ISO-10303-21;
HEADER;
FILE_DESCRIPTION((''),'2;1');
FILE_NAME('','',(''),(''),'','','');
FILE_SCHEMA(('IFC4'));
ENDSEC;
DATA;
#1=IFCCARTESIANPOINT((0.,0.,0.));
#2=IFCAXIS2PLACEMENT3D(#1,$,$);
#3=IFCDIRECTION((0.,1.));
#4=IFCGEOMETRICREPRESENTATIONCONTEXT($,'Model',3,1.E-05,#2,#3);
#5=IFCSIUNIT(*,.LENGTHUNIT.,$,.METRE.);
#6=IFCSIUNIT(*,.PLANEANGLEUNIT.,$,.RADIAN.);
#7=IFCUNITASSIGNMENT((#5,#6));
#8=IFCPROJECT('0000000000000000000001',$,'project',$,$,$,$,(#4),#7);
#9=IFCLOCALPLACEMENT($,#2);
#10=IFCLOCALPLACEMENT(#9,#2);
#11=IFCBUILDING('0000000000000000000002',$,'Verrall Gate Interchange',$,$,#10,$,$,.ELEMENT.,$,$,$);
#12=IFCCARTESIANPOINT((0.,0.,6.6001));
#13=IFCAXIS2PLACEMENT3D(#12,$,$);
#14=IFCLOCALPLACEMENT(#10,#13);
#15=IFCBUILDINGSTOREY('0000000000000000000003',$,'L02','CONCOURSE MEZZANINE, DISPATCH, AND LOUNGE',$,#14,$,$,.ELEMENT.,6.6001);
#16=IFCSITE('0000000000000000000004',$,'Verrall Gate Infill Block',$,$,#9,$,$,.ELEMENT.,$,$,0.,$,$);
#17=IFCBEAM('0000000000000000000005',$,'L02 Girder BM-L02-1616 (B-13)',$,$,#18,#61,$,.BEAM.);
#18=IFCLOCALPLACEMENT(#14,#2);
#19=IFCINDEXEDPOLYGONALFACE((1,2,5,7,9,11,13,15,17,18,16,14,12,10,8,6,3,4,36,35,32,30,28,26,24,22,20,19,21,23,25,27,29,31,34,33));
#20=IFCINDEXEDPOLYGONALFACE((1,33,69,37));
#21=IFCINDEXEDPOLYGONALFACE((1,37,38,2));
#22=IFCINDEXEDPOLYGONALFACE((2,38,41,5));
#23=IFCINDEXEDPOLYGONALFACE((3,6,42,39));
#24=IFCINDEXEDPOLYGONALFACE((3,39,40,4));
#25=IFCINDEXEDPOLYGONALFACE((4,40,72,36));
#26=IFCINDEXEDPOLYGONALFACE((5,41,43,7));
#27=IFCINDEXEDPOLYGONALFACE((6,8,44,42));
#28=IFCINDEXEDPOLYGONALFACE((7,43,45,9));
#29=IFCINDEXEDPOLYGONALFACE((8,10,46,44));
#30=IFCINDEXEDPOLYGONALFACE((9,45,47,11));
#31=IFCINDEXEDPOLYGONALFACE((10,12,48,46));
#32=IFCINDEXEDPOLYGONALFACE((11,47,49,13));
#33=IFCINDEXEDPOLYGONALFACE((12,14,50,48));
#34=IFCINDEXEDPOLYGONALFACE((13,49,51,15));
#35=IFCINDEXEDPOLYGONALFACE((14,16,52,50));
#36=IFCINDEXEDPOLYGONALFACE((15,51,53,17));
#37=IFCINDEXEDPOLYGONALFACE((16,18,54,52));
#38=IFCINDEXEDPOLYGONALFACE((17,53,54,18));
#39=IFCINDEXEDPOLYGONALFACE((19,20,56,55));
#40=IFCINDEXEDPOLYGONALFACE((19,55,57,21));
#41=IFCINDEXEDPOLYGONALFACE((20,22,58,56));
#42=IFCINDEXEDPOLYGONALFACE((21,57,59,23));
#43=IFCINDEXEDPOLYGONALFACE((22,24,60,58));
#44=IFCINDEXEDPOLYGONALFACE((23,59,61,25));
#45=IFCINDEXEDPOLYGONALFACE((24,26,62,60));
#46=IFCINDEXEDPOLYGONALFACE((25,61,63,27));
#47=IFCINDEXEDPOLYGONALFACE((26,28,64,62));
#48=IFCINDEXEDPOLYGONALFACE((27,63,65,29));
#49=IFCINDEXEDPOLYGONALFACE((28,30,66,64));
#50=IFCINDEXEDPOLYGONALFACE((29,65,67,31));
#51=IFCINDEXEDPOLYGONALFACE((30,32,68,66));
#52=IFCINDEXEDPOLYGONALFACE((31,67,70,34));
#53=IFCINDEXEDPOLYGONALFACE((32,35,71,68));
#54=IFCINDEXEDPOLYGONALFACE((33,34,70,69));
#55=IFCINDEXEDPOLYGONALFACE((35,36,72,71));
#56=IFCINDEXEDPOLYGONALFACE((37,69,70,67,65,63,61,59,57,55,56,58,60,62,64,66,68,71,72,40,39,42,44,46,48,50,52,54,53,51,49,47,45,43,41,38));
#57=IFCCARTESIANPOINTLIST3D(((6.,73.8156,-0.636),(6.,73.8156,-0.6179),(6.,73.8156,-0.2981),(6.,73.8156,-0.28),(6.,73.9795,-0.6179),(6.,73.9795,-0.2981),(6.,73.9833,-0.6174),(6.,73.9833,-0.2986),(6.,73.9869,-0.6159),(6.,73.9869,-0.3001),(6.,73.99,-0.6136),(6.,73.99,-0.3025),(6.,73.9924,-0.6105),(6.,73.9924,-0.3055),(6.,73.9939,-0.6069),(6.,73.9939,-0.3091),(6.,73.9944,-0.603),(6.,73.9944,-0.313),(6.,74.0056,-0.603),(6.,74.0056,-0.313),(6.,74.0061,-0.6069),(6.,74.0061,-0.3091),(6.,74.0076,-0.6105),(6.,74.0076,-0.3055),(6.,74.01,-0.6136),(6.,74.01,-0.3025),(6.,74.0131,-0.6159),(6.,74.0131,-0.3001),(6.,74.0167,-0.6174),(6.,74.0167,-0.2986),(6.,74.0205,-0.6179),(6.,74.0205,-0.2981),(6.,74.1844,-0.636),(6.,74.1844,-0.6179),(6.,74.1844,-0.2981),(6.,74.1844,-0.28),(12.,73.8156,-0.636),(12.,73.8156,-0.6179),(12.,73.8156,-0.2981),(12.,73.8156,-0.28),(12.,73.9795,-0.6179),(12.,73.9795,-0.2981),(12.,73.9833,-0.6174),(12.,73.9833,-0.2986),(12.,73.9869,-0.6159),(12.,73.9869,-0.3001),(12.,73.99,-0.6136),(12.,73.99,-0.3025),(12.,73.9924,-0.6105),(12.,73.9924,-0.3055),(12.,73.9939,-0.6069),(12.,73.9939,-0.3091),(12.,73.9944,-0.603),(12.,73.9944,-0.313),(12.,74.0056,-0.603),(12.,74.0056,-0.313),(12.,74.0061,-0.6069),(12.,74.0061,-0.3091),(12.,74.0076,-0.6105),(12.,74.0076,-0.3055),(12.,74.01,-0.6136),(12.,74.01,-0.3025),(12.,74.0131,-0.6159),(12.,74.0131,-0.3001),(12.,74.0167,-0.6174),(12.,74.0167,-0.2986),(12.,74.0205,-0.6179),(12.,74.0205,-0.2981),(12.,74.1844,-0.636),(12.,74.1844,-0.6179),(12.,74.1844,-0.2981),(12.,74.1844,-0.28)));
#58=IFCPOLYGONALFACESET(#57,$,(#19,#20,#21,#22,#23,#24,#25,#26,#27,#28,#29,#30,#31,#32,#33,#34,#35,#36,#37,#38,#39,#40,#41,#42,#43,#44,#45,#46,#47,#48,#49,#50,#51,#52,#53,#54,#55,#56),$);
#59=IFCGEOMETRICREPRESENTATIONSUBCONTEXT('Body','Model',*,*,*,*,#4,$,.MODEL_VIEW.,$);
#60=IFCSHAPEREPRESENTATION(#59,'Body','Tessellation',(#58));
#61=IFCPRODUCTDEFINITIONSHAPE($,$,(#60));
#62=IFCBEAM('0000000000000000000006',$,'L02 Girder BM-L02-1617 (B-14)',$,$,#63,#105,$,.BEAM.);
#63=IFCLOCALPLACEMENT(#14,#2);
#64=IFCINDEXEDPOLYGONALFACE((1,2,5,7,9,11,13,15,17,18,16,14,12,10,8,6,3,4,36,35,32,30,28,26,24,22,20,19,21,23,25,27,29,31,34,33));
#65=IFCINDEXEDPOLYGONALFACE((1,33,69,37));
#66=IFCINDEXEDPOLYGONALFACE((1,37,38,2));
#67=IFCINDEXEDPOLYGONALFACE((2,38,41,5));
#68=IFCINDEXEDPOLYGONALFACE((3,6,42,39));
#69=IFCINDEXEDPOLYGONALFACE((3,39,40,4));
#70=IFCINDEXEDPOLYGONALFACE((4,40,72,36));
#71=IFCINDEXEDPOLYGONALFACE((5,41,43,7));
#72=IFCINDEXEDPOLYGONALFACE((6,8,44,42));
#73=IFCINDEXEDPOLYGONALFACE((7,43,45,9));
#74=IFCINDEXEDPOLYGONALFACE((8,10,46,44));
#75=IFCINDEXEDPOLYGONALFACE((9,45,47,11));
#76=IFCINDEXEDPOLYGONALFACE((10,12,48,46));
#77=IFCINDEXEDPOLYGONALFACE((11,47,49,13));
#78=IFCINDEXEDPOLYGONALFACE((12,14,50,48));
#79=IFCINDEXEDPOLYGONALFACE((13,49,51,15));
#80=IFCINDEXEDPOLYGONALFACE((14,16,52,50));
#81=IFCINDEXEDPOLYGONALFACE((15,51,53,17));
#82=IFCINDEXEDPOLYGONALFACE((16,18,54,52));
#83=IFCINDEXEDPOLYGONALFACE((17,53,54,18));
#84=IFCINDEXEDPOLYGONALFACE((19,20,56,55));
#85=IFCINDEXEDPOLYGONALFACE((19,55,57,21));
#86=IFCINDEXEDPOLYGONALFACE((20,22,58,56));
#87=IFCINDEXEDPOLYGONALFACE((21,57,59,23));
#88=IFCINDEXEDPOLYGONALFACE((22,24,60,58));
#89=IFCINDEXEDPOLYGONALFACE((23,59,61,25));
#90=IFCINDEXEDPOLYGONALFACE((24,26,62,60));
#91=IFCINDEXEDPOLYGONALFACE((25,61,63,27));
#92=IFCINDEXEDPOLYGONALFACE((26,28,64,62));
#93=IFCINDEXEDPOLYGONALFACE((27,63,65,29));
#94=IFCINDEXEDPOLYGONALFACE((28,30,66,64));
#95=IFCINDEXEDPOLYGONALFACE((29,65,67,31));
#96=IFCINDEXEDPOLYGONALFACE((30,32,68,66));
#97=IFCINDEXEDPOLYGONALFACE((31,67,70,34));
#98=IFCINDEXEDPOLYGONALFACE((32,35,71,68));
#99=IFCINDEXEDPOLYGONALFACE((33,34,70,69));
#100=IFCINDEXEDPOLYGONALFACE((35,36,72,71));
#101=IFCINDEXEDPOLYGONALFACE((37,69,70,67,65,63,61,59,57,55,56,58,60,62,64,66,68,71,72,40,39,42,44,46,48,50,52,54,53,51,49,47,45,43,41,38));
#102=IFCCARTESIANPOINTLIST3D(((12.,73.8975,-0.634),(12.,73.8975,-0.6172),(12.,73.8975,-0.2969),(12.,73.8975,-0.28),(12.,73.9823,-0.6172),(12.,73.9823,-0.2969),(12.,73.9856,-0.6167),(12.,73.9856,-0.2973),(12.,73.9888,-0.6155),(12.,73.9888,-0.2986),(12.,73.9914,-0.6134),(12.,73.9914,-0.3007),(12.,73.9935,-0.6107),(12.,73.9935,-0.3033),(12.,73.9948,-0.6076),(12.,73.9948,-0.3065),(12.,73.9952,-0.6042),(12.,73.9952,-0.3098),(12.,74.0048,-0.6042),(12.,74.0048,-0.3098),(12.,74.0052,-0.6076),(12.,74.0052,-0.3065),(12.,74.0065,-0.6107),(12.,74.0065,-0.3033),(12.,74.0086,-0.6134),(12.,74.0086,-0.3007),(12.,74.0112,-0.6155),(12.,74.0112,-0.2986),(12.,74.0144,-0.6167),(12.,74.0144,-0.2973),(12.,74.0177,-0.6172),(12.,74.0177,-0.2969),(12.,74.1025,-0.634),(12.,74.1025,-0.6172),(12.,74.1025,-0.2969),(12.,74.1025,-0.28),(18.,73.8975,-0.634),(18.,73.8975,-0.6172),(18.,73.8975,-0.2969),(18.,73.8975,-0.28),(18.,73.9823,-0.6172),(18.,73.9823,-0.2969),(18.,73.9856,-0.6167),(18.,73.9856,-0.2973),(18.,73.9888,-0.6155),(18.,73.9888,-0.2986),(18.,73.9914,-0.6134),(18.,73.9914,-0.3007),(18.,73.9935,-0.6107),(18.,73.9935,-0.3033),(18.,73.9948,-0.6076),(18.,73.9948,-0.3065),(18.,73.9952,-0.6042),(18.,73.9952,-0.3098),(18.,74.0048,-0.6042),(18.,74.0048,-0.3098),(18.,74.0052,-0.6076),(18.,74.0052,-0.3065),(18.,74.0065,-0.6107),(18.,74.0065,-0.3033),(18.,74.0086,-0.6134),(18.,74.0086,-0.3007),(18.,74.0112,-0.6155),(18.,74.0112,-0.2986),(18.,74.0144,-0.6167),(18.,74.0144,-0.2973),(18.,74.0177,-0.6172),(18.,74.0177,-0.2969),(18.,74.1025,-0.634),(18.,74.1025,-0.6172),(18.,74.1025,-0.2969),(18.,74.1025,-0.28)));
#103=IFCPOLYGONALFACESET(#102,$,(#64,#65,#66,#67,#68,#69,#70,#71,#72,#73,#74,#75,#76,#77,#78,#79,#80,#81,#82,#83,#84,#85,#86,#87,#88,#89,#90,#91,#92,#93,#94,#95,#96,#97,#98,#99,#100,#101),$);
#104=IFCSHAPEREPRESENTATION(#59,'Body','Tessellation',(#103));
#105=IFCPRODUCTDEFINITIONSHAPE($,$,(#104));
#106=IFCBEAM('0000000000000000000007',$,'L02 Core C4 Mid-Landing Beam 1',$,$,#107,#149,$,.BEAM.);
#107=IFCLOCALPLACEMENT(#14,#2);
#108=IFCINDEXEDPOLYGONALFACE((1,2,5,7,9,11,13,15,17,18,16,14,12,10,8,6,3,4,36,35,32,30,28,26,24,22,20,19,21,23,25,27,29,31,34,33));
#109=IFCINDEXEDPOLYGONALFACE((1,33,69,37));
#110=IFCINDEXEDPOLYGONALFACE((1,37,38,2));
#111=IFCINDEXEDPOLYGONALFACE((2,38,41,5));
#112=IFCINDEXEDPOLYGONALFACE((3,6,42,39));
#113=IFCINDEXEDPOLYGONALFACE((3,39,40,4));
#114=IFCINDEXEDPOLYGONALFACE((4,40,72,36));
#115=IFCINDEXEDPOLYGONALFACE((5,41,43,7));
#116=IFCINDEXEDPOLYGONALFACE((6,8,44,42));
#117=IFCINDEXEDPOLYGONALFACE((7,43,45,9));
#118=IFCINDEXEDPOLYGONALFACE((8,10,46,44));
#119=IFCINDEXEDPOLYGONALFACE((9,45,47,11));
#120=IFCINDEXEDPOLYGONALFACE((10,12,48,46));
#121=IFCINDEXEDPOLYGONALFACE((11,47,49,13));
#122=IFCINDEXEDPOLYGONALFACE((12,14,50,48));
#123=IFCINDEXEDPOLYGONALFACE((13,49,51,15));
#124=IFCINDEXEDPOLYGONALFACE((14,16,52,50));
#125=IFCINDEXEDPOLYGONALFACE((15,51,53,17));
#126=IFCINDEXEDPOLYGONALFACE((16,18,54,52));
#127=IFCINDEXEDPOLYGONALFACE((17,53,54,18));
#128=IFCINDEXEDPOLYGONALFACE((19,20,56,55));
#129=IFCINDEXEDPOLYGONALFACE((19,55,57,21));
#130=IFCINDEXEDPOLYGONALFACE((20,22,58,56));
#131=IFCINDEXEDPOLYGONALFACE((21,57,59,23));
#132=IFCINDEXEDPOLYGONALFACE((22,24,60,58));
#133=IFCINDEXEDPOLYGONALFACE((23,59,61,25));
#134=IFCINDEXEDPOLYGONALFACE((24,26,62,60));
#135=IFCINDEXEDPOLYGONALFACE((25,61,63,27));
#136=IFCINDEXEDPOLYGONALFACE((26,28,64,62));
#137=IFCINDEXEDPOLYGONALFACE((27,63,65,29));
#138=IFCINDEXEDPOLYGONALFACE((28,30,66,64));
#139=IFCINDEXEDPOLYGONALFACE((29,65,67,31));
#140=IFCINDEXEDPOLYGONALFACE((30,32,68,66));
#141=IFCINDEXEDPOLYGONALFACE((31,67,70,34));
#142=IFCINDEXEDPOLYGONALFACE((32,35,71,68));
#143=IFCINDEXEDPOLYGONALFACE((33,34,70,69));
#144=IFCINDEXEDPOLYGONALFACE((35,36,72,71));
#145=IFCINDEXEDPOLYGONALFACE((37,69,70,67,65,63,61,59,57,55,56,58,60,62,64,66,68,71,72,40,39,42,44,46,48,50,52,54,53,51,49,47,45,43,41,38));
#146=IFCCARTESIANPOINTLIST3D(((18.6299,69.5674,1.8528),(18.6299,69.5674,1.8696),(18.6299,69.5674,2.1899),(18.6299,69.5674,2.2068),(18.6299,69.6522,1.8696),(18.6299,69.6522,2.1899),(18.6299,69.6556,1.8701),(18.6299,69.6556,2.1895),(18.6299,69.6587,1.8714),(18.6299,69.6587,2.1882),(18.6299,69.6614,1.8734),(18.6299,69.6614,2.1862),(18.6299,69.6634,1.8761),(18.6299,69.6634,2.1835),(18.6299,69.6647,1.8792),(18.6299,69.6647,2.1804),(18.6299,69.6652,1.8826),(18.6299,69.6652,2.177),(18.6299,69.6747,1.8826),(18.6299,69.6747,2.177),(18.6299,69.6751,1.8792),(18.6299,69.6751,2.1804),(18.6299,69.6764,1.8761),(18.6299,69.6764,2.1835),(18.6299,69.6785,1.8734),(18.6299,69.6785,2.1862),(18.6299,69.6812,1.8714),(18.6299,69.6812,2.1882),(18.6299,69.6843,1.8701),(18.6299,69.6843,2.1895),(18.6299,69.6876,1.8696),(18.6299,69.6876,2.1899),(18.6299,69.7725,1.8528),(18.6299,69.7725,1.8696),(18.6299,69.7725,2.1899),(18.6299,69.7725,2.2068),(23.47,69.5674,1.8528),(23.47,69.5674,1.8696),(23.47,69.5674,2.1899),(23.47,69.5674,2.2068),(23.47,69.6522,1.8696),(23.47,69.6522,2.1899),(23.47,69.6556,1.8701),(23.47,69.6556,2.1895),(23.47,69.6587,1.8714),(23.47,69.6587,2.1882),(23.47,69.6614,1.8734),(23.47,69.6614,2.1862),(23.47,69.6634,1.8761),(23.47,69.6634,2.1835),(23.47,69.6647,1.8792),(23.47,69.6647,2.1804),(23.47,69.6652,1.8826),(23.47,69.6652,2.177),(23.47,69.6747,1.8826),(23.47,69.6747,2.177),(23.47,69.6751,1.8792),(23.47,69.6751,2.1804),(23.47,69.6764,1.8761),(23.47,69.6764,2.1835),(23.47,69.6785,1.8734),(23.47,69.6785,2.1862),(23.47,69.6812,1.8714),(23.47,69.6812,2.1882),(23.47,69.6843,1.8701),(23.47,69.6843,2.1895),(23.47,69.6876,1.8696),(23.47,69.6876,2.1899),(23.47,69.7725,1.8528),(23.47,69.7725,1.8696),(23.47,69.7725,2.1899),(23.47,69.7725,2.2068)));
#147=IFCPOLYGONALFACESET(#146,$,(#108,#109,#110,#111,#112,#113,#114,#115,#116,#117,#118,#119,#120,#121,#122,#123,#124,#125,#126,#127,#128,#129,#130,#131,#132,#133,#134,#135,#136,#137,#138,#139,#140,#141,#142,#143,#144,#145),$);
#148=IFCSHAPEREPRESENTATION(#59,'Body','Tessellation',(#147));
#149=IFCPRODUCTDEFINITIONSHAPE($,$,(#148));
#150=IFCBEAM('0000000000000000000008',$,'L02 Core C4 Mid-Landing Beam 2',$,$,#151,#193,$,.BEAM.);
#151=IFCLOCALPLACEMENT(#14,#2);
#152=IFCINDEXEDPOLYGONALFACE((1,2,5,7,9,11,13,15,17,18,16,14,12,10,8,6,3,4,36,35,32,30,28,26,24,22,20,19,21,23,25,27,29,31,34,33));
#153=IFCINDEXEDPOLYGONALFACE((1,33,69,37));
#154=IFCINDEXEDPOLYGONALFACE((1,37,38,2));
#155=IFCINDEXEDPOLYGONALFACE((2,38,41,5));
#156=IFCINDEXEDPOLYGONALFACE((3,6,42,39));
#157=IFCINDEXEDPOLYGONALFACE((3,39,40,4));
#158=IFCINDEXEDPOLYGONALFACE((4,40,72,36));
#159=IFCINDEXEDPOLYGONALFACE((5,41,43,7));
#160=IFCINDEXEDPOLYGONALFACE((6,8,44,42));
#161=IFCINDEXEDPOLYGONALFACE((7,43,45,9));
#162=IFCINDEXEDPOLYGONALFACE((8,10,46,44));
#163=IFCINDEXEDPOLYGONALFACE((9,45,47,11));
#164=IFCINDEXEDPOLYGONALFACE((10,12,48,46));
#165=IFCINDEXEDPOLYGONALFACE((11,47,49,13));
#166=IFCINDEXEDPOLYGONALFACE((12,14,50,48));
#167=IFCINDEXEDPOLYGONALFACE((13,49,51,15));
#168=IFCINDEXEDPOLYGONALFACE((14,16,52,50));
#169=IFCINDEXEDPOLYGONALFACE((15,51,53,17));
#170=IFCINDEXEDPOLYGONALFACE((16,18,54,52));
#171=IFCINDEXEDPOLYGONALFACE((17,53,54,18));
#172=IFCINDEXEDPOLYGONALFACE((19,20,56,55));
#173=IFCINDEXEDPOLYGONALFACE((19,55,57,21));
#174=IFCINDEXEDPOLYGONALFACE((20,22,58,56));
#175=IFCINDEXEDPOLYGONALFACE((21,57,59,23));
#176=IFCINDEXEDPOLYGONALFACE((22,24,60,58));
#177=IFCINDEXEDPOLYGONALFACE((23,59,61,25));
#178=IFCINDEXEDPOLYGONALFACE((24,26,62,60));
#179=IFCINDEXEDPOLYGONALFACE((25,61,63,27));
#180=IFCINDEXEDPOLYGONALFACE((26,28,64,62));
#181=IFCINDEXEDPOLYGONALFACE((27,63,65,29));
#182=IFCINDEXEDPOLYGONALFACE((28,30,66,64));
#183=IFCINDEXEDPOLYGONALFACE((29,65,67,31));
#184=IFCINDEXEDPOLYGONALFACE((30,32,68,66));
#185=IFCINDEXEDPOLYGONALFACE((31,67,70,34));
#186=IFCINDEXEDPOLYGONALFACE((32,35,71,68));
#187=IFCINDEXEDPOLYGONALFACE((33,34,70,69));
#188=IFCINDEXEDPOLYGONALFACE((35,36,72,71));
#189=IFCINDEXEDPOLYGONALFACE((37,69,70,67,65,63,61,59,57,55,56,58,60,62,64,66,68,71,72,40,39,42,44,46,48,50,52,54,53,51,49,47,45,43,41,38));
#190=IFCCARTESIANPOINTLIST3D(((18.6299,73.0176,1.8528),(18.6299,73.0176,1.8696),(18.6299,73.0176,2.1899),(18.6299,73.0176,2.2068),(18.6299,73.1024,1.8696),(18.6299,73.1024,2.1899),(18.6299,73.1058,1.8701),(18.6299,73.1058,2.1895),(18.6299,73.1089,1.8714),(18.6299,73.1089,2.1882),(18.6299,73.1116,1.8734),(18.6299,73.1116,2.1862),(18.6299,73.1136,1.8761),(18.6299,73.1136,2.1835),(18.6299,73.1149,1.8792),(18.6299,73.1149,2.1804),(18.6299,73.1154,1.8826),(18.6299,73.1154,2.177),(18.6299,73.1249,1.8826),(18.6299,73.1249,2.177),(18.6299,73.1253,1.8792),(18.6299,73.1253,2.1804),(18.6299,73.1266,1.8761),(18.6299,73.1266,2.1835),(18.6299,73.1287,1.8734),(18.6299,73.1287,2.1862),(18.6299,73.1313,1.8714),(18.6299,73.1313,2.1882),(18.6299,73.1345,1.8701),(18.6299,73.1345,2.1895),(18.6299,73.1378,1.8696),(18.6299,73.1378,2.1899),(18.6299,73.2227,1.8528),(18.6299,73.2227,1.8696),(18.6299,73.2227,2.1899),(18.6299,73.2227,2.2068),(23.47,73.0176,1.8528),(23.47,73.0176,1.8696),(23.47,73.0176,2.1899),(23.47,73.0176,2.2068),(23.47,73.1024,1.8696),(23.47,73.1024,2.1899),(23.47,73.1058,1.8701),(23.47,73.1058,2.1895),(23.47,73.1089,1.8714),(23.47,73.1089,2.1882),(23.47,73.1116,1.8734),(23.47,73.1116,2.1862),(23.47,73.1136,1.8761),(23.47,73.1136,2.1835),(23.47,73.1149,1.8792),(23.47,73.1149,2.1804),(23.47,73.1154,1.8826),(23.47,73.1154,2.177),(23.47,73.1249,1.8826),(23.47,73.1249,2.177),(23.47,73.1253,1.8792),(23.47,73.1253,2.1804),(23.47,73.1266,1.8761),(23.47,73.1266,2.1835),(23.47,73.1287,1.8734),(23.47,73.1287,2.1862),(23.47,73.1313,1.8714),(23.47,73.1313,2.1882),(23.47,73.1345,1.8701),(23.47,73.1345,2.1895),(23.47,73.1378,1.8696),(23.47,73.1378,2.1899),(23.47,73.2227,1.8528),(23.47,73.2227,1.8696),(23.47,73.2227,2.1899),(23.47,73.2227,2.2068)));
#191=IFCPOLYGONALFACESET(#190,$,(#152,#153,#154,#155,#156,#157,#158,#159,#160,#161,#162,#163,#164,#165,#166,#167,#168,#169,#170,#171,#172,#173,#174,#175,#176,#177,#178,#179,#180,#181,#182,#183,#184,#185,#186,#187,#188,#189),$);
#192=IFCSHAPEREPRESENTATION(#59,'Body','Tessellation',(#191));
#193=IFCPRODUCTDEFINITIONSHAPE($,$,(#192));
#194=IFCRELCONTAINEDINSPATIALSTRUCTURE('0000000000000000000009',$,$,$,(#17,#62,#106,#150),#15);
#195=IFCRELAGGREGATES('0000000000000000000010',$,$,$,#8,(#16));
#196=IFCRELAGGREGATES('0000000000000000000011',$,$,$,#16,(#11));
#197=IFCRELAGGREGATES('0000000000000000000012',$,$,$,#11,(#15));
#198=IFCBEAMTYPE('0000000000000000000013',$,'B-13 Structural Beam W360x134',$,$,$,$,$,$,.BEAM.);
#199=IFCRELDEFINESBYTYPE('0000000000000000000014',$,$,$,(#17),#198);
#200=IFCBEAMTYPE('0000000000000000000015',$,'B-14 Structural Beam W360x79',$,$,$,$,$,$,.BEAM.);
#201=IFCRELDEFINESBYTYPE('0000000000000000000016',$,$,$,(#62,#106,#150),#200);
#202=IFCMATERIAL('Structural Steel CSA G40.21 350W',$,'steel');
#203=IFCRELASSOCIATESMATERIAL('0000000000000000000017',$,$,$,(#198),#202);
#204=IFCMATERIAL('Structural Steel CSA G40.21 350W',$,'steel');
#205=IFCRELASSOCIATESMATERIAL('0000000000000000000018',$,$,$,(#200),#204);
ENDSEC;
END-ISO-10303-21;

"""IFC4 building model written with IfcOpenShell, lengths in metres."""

from ifc_helpers import new_model, si_unit, direction, frame, origin, origin_2d, place, context, subcontext, project, spatial, i_section, extrude, material, material_profile, profile_set, type_object, element, save


model = new_model("IFC4")

# Units and contexts
model_context = context("Model", 3, precision=1e-05, world=origin(), true_north=direction((0.0, 1.0)))
body_context = subcontext(model_context, "Body", "Model", "MODEL_VIEW")
ifc_project = project(units=[si_unit("LENGTHUNIT", "METRE"), si_unit("PLANEANGLEUNIT", "RADIAN")], contexts=[model_context])

# Site, building, storey
site_placement = place(None, origin())
site = spatial("IfcSite", under=ifc_project, at=site_placement, Name="Verrall Gate Infill Block", CompositionType="ELEMENT", RefElevation=0.0)
building_placement = place(site_placement, origin())
building = spatial("IfcBuilding", under=site, at=building_placement, Name="Verrall Gate Interchange", CompositionType="ELEMENT")
storey_placement = place(building_placement, frame((0.0, 0.0, 6.6001)))
storey = spatial("IfcBuildingStorey", under=building, at=storey_placement, Name="L02", Description="CONCOURSE MEZZANINE, DISPATCH, AND LOUNGE", CompositionType="ELEMENT", Elevation=6.6001)

# Beams
ifc_material_1 = material(Name="Structural Steel CSA G40.21 350W", Category="steel")
ifc_material_profile_1 = material_profile(ifc_material_1, i_section(OverallWidth=0.3689, OverallDepth=0.356, WebThickness=0.0112, FlangeThickness=0.0181, FilletRadius=0.0149, at=origin_2d()), Name="W360x134")
ifc_profile_set_1 = profile_set([ifc_material_profile_1], Name="Structural Steel CSA G40.21 350W")
beam_type_1 = type_object("IfcBeamType", Name="B-13 Structural Beam W360x134", PredefinedType="BEAM", material=ifc_profile_set_1)
beam_1_placement = place(storey_placement, frame((6.0, 74.0, -0.458), z_axis=(1.0, 0.0, 0.0), x_axis=(0.0, 1.0, 0.0)))
element("IfcBeam", 1, at=beam_1_placement, inside=storey, type_object=beam_type_1, Name="L02 Girder BM-L02-1616 (B-13)", PredefinedType="BEAM", context=body_context, shape_type="SweptSolid", body=[
    extrude(i_section(OverallWidth=0.3689, OverallDepth=0.356, WebThickness=0.0112, FlangeThickness=0.0181, FilletRadius=0.0149, at=origin_2d()), origin(), (0.0, 0.0, 1.0), 6.0),
])
ifc_material_2 = material(Name="Structural Steel CSA G40.21 350W", Category="steel")
ifc_material_profile_2 = material_profile(ifc_material_2, i_section(OverallWidth=0.2051, OverallDepth=0.354, WebThickness=0.0095, FlangeThickness=0.0168, FilletRadius=0.0129, at=origin_2d()), Name="W360x79")
ifc_profile_set_2 = profile_set([ifc_material_profile_2], Name="Structural Steel CSA G40.21 350W")
beam_type_2 = type_object("IfcBeamType", Name="B-14 Structural Beam W360x79", PredefinedType="BEAM", material=ifc_profile_set_2)
beam_2_placement = place(storey_placement, frame((12.0, 74.0, -0.457), z_axis=(1.0, 0.0, 0.0), x_axis=(0.0, 1.0, 0.0)))
element("IfcBeam", 2, at=beam_2_placement, inside=storey, type_object=beam_type_2, Name="L02 Girder BM-L02-1617 (B-14)", PredefinedType="BEAM", context=body_context, shape_type="SweptSolid", body=[
    extrude(i_section(OverallWidth=0.2051, OverallDepth=0.354, WebThickness=0.0095, FlangeThickness=0.0168, FilletRadius=0.0129, at=origin_2d()), origin(), (0.0, 0.0, 1.0), 6.0),
])
for number, where, z_axis, x_axis, name in (
    (3, (18.6299, 69.6699, 2.0298), (1.0, 0.0, 0.0), (0.0, 1.0, 0.0), "L02 Core C4 Mid-Landing Beam 1"),
    (4, (18.6299, 73.1201, 2.0298), (1.0, 0.0, 0.0), (0.0, 1.0, 0.0), "L02 Core C4 Mid-Landing Beam 2"),
):
    element("IfcBeam", number, at=place(storey_placement, frame(where, z_axis=z_axis, x_axis=x_axis)), inside=storey, type_object=beam_type_2, Name=name, PredefinedType="BEAM", context=body_context, shape_type="SweptSolid", body=[
        extrude(i_section(OverallWidth=0.2051, OverallDepth=0.354, WebThickness=0.0095, FlangeThickness=0.0168, FilletRadius=0.0129, at=origin_2d()), origin(), (0.0, 0.0, 1.0), 4.8401),
    ])

save(model, "model.ifc")
